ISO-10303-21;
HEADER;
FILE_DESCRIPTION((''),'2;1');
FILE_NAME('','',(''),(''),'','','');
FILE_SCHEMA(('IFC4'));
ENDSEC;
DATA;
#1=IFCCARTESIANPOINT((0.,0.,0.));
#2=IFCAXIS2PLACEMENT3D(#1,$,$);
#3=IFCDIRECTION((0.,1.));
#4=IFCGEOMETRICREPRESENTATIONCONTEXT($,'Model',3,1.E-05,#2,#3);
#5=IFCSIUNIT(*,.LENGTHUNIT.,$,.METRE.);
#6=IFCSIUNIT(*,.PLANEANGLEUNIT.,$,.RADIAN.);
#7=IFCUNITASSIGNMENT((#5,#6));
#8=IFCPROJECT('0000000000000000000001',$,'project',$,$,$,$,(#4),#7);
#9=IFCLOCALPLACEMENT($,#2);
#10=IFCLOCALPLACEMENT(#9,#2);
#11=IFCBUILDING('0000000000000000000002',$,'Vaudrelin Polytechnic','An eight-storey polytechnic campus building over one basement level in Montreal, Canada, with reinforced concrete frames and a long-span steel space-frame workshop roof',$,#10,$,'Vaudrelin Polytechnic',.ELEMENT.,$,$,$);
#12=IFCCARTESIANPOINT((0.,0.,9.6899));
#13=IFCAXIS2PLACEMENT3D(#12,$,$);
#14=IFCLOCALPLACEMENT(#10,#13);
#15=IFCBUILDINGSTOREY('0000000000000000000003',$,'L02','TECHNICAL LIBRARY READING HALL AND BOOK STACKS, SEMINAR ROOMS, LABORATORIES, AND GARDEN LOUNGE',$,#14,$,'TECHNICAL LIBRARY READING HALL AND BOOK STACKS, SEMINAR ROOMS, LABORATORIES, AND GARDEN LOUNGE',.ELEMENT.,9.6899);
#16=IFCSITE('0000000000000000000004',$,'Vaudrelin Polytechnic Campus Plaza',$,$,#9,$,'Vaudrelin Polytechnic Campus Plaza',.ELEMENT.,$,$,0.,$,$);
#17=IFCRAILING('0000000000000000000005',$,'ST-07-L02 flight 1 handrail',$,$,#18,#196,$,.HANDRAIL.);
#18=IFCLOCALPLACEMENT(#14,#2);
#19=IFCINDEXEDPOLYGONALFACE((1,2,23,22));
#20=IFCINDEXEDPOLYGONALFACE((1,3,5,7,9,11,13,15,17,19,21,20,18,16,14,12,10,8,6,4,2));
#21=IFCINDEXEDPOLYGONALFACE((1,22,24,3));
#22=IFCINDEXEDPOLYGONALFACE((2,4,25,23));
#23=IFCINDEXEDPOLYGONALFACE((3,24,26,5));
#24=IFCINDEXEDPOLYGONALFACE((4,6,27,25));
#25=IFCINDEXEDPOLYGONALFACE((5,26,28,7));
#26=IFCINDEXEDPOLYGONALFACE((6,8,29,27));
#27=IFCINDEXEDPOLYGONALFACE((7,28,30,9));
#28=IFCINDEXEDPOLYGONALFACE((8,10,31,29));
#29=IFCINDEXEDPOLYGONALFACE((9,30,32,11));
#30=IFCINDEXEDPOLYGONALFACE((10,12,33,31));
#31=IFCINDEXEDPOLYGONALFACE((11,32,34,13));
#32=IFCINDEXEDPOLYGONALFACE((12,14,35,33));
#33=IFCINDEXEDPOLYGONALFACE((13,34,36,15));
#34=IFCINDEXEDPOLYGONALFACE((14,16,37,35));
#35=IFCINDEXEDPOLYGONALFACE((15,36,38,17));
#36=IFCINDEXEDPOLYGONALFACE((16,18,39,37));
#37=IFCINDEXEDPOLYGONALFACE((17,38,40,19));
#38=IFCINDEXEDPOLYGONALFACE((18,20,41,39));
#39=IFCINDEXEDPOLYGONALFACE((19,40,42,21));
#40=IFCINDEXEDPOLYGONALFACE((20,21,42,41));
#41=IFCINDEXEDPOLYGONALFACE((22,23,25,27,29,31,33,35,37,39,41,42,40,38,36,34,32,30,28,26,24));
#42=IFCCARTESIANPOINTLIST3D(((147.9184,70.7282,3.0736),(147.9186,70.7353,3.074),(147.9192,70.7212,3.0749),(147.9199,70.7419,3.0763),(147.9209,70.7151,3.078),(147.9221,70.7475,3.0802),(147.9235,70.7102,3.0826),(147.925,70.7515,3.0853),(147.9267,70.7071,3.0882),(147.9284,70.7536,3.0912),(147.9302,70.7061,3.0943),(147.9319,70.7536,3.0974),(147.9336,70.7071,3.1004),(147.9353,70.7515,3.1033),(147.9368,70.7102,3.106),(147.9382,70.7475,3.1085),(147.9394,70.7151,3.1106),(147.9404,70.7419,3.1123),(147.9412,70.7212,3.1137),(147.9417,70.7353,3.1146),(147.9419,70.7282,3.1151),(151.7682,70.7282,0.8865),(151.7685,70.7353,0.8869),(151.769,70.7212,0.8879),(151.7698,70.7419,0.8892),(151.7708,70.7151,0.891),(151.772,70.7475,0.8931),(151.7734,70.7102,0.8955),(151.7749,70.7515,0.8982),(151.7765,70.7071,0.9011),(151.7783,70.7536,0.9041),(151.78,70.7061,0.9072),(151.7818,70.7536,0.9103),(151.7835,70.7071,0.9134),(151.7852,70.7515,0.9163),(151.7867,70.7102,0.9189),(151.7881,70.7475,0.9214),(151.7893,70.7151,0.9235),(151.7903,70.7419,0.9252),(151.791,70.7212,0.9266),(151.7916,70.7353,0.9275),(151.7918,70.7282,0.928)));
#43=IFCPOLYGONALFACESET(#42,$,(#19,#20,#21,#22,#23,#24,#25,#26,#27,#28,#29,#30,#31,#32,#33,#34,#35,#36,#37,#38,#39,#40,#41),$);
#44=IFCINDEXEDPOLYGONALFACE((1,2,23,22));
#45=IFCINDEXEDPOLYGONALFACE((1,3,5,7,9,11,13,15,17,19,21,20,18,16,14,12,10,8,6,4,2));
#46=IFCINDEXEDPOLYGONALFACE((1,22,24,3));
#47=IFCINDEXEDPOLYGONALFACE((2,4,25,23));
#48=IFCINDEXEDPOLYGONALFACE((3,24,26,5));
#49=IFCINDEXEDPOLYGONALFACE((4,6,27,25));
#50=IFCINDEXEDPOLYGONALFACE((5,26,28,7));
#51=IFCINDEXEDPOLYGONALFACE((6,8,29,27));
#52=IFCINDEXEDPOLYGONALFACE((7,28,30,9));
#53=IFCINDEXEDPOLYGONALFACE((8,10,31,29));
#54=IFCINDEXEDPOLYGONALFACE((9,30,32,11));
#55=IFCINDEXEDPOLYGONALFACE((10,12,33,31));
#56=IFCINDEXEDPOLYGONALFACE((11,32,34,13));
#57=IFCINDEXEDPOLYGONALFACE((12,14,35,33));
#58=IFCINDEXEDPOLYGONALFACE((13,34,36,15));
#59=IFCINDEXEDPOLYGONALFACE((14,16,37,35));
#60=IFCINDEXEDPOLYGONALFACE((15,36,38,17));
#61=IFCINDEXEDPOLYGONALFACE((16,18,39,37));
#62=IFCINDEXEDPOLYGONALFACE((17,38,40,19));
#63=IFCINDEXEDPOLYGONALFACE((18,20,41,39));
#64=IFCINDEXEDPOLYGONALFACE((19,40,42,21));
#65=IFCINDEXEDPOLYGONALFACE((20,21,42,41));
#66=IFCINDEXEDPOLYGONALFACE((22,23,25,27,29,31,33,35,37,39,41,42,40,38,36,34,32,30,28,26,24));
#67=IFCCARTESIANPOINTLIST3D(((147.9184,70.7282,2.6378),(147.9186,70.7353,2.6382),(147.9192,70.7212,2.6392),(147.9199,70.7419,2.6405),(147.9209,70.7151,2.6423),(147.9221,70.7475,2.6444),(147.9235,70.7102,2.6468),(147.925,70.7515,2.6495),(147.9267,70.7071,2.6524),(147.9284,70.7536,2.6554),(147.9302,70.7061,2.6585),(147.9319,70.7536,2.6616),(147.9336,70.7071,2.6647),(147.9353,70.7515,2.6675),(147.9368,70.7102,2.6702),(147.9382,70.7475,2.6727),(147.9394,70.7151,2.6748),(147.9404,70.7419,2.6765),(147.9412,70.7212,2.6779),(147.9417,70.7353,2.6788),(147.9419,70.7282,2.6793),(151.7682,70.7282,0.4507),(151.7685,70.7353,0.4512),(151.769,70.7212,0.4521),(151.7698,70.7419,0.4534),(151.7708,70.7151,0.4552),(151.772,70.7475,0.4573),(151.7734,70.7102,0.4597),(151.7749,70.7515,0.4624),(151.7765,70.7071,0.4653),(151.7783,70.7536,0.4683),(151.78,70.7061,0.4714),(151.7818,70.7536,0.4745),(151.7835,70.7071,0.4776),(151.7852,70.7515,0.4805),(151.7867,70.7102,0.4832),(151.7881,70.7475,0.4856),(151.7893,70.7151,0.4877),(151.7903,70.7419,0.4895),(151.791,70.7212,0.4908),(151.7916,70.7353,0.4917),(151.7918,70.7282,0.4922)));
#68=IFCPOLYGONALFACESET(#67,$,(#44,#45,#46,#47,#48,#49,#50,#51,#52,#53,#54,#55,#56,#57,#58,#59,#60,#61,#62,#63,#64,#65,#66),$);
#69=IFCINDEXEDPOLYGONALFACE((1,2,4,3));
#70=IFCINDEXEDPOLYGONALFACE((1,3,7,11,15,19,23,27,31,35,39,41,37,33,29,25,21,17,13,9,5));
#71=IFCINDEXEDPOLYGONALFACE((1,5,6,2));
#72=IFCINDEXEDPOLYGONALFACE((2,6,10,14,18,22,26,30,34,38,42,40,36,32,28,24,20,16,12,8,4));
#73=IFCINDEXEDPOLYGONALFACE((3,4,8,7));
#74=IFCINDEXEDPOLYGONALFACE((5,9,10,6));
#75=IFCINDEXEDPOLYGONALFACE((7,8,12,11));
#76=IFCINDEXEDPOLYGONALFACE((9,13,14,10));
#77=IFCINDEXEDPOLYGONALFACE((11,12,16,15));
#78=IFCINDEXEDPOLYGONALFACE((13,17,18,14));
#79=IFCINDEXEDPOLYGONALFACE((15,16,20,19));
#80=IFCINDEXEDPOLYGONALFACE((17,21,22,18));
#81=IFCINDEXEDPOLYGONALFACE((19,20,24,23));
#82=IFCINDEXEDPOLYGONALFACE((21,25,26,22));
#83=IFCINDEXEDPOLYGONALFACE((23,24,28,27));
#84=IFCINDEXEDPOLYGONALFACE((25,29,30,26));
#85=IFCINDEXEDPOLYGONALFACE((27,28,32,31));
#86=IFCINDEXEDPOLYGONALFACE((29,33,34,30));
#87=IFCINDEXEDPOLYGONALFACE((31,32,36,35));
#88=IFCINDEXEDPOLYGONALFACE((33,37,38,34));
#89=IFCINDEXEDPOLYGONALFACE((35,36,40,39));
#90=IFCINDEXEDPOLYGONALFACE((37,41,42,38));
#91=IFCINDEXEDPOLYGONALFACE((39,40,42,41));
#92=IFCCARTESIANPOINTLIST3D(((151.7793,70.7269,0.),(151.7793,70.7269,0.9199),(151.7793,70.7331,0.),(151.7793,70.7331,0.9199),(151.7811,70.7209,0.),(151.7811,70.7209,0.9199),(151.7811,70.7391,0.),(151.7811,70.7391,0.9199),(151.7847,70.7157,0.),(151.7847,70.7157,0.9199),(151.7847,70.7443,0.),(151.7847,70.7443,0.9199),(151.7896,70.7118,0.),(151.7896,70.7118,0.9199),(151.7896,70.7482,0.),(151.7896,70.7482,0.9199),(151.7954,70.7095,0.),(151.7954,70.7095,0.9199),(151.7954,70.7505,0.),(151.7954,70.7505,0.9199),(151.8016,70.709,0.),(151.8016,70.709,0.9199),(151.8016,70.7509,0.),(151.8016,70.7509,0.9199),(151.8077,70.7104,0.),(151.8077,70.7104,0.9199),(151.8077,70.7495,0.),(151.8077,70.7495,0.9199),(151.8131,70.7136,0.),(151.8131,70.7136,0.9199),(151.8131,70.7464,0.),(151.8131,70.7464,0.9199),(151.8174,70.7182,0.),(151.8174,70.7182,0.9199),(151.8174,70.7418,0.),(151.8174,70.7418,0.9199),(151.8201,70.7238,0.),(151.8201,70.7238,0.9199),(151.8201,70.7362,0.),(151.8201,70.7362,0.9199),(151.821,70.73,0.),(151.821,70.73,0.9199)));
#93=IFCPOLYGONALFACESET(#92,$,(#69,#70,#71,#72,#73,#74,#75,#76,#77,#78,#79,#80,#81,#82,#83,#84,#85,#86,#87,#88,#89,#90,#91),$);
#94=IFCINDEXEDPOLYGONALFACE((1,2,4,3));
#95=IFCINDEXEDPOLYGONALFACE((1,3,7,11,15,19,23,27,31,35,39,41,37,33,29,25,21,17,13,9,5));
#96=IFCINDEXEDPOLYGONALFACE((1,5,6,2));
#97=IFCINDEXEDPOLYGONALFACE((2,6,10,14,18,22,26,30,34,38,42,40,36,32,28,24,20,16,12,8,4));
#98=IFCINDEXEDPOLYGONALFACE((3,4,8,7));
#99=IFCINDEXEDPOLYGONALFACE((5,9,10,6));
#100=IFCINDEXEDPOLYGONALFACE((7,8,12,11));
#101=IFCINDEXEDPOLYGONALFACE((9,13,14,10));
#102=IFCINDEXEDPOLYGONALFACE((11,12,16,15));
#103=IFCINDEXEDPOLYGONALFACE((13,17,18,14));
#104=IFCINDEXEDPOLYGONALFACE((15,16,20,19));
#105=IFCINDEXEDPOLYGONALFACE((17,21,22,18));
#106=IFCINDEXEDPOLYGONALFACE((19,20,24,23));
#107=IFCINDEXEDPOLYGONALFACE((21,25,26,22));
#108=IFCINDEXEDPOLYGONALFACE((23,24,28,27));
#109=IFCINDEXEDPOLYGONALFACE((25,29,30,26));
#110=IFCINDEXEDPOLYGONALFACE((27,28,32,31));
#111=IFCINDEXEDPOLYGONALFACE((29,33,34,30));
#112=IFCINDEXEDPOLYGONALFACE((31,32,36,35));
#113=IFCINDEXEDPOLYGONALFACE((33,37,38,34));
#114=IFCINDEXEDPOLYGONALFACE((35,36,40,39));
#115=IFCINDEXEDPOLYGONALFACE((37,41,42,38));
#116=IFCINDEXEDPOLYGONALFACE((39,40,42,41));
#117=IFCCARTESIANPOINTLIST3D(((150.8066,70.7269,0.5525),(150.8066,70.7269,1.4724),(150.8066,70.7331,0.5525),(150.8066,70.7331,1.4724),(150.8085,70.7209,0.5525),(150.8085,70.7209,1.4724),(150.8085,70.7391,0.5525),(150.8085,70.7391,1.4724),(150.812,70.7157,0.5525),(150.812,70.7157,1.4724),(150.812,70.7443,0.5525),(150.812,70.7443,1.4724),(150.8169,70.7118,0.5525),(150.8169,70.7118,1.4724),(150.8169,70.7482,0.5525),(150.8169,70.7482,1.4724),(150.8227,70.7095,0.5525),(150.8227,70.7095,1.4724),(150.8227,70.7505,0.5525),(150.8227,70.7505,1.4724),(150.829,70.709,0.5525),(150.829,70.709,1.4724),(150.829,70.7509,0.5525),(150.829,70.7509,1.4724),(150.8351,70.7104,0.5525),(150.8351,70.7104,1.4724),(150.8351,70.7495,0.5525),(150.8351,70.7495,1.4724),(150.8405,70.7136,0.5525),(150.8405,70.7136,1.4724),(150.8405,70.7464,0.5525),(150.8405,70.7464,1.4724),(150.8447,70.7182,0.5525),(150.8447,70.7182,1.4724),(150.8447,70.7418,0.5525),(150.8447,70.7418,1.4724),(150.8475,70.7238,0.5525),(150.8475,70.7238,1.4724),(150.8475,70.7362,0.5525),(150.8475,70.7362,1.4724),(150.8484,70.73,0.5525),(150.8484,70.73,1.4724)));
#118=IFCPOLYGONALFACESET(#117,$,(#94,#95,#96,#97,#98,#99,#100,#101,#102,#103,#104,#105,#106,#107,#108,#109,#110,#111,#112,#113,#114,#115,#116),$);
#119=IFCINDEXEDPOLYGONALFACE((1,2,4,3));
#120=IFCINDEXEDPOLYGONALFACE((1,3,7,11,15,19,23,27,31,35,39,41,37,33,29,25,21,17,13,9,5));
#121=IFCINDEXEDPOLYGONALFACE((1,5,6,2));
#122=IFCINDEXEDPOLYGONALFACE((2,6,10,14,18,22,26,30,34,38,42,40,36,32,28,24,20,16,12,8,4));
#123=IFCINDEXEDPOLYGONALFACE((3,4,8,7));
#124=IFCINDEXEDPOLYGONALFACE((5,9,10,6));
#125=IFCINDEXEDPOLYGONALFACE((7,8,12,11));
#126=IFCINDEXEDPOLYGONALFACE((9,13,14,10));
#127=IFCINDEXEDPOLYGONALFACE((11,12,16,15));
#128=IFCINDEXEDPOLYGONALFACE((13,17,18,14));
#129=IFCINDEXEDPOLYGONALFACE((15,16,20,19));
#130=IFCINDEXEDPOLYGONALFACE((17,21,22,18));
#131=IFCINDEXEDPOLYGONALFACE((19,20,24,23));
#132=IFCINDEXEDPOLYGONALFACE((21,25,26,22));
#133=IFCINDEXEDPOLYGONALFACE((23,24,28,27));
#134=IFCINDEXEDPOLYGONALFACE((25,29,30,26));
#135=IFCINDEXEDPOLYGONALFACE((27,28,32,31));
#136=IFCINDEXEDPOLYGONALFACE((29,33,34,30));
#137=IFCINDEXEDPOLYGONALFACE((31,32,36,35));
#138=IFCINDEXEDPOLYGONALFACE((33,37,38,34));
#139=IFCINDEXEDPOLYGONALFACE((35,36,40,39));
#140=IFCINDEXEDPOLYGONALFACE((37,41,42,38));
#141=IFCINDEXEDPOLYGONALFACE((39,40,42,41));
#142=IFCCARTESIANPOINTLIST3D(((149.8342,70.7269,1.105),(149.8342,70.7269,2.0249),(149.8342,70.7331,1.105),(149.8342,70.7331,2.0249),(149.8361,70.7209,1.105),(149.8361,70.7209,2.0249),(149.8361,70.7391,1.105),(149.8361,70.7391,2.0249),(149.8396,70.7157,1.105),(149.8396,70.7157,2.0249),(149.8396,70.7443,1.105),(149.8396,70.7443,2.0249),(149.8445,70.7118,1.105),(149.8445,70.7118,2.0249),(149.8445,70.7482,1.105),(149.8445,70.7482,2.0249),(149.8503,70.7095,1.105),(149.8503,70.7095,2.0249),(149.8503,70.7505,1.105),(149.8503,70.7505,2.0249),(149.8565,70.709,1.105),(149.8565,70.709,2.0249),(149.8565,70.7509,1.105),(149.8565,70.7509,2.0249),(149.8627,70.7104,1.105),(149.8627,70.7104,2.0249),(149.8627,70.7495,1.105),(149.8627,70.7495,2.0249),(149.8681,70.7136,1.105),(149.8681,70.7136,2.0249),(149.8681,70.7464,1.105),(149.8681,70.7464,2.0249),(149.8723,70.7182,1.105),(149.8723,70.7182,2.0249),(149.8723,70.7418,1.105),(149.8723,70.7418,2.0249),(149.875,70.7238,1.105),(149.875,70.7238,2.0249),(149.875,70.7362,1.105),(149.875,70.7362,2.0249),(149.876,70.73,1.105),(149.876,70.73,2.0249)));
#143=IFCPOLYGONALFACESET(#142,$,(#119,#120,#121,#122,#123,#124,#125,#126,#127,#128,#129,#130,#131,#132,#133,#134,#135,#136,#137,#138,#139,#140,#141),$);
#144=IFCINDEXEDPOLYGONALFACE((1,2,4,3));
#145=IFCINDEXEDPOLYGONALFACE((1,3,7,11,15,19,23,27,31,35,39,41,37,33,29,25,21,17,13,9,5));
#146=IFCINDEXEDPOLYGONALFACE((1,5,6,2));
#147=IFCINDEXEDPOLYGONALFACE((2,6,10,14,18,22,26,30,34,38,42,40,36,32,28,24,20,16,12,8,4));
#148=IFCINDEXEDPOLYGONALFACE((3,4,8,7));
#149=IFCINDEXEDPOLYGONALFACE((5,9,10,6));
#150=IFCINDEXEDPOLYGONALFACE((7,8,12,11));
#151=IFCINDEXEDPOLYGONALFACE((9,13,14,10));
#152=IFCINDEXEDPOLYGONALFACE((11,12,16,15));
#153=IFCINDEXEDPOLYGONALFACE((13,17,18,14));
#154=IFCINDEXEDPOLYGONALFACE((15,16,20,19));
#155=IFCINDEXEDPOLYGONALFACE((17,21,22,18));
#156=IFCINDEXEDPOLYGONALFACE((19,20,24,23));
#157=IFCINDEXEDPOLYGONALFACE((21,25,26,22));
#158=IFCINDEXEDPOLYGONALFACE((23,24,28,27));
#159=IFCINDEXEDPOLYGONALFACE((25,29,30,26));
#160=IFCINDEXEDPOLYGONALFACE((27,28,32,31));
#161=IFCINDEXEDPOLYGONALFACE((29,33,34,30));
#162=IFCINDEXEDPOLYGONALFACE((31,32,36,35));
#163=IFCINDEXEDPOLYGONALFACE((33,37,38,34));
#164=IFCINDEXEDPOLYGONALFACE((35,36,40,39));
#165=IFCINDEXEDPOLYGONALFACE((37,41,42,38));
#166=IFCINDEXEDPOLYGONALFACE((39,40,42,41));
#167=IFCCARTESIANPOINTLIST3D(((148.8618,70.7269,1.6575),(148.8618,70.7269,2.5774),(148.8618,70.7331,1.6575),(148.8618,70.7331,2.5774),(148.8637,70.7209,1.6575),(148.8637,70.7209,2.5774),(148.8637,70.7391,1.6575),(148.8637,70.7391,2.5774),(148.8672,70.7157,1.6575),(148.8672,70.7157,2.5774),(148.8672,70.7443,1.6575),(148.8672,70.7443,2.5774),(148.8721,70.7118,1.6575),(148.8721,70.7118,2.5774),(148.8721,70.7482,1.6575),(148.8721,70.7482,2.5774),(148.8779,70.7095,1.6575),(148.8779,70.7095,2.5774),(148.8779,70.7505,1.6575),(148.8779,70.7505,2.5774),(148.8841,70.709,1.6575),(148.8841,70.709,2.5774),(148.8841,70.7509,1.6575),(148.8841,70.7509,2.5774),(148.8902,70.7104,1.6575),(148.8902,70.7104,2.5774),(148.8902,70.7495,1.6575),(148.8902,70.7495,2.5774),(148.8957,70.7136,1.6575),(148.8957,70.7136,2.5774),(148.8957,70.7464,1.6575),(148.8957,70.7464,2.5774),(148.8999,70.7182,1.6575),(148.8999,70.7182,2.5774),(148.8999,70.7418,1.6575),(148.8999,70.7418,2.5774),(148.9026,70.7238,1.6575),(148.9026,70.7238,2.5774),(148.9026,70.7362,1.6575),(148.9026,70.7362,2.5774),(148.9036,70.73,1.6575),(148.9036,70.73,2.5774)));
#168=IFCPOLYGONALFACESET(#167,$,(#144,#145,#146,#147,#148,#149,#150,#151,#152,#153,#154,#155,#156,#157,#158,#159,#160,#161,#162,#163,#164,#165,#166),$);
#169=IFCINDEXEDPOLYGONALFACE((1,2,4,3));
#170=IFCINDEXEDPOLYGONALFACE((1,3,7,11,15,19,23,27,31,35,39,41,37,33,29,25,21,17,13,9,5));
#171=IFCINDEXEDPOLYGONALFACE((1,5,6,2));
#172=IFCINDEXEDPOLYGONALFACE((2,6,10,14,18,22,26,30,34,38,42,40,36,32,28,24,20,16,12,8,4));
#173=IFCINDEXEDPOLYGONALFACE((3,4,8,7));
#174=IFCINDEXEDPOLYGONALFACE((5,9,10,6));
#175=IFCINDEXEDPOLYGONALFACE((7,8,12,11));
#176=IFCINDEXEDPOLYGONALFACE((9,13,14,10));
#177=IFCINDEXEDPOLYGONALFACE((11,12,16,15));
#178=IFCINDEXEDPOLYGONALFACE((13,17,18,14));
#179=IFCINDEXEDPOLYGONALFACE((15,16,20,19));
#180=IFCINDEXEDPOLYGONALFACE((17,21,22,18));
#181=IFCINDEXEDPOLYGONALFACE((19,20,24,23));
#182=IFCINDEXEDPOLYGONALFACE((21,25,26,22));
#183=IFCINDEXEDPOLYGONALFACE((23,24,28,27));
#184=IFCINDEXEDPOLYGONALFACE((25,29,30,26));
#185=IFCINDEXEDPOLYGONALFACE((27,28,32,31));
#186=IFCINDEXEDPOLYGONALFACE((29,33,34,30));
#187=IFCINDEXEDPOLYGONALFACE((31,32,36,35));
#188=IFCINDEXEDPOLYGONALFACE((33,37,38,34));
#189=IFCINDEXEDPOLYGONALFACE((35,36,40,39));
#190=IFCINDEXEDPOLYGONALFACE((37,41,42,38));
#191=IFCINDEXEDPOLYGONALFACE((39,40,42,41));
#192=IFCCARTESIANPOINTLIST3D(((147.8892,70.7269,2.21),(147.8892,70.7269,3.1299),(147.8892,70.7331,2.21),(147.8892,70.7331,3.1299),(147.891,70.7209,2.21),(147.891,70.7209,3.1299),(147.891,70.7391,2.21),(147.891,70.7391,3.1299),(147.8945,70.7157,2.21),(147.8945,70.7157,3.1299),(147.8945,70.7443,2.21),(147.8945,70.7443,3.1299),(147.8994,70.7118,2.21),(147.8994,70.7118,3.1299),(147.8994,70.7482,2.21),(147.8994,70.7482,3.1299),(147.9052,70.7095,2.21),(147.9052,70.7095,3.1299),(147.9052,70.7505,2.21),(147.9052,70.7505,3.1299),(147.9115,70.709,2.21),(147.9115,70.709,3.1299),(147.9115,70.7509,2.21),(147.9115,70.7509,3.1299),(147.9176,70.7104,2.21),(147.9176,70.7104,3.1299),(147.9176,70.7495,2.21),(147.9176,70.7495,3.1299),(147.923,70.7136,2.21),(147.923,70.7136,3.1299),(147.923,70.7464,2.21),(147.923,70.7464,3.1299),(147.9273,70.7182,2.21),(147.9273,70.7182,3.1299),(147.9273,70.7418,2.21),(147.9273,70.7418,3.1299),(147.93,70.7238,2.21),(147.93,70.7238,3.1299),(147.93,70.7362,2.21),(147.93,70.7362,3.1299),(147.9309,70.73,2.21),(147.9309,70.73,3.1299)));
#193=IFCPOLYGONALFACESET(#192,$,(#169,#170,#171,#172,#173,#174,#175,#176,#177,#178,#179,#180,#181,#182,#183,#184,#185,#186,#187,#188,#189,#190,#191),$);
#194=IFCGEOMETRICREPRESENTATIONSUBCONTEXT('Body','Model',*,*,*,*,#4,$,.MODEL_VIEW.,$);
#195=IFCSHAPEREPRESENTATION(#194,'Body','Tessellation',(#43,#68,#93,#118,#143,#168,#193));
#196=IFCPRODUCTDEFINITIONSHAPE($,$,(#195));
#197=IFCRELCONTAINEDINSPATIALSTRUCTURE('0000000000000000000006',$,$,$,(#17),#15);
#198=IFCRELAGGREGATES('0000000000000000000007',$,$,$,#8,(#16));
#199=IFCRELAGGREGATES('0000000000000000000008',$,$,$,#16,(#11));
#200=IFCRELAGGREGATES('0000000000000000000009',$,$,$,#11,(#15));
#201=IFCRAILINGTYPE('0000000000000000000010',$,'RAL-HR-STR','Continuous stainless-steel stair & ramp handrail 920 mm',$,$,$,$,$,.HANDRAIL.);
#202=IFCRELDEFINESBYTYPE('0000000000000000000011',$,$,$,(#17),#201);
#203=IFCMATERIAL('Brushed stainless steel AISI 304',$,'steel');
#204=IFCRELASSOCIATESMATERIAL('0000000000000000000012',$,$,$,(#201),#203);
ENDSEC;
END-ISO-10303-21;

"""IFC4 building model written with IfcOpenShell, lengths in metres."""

from ifc_helpers import new_model, si_unit, direction, frame, origin, origin_2d, place, context, subcontext, project, spatial, circle, extrude, material, type_object, element, save


model = new_model("IFC4")

# Units and contexts
model_context = context("Model", 3, precision=1e-05, world=origin(), true_north=direction((0.0, 1.0)))
body_context = subcontext(model_context, "Body", "Model", "MODEL_VIEW")
ifc_project = project(units=[si_unit("LENGTHUNIT", "METRE"), si_unit("PLANEANGLEUNIT", "RADIAN")], contexts=[model_context])

# Site, building, storey
site_placement = place(None, origin())
site = spatial("IfcSite", under=ifc_project, at=site_placement, Name="Vaudrelin Polytechnic Campus Plaza", LongName="Vaudrelin Polytechnic Campus Plaza", CompositionType="ELEMENT", RefElevation=0.0)
building_placement = place(site_placement, origin())
building = spatial("IfcBuilding", under=site, at=building_placement, Name="Vaudrelin Polytechnic", Description="An eight-storey polytechnic campus building over one basement level in Montreal, Canada, with reinforced concrete frames and a long-span steel space-frame workshop roof", LongName="Vaudrelin Polytechnic", CompositionType="ELEMENT")
storey_placement = place(building_placement, frame((0.0, 0.0, 9.6899)))
storey = spatial("IfcBuildingStorey", under=building, at=storey_placement, Name="L02", Description="TECHNICAL LIBRARY READING HALL AND BOOK STACKS, SEMINAR ROOMS, LABORATORIES, AND GARDEN LOUNGE", LongName="TECHNICAL LIBRARY READING HALL AND BOOK STACKS, SEMINAR ROOMS, LABORATORIES, AND GARDEN LOUNGE", CompositionType="ELEMENT", Elevation=9.6899)

# Shared definitions
ifc_material_1 = material(Name="Brushed stainless steel AISI 304", Category="steel")

# Railing
railing_type_1 = type_object("IfcRailingType", Name="RAL-HR-STR", Description="Continuous stainless-steel stair & ramp handrail 920 mm", PredefinedType="HANDRAIL", material=ifc_material_1)
railing_1_placement = place(storey_placement, frame((151.8, 70.73, 0.0)))
element("IfcRailing", 1, at=railing_1_placement, inside=storey, type_object=railing_type_1, Name="ST-07-L02 flight 1 handrail", PredefinedType="HANDRAIL", context=body_context, shape_type="SweptSolid", body=[
    extrude(circle(Radius=0.0239, at=origin_2d()), frame((-0.02, 0.0, 0.9072), z_axis=(-0.86949, 0.0, 0.493951), x_axis=(0.0, -1.0, 0.0)), (0.0, 0.0, 1.0), 4.4277),
    extrude(circle(Radius=0.0239, at=origin_2d()), frame((-0.02, 0.0, 0.4714), z_axis=(-0.86949, 0.0, 0.493951), x_axis=(0.0, -1.0, 0.0)), (0.0, 0.0, 1.0), 4.4277),
    extrude(circle(Radius=0.021, at=origin_2d()), origin(), (0.0, 0.0, 1.0), 0.9199),
    extrude(circle(Radius=0.021, at=origin_2d()), frame((-0.9727, 0.0, 0.5525)), (0.0, 0.0, 1.0), 0.9199),
    extrude(circle(Radius=0.021, at=origin_2d()), frame((-1.9451, 0.0, 1.105)), (0.0, 0.0, 1.0), 0.9199),
    extrude(circle(Radius=0.021, at=origin_2d()), frame((-2.9175, 0.0, 1.6575)), (0.0, 0.0, 1.0), 0.9199),
    extrude(circle(Radius=0.021, at=origin_2d()), frame((-3.8901, 0.0, 2.21)), (0.0, 0.0, 1.0), 0.9199),
])

save(model, "model.ifc")
